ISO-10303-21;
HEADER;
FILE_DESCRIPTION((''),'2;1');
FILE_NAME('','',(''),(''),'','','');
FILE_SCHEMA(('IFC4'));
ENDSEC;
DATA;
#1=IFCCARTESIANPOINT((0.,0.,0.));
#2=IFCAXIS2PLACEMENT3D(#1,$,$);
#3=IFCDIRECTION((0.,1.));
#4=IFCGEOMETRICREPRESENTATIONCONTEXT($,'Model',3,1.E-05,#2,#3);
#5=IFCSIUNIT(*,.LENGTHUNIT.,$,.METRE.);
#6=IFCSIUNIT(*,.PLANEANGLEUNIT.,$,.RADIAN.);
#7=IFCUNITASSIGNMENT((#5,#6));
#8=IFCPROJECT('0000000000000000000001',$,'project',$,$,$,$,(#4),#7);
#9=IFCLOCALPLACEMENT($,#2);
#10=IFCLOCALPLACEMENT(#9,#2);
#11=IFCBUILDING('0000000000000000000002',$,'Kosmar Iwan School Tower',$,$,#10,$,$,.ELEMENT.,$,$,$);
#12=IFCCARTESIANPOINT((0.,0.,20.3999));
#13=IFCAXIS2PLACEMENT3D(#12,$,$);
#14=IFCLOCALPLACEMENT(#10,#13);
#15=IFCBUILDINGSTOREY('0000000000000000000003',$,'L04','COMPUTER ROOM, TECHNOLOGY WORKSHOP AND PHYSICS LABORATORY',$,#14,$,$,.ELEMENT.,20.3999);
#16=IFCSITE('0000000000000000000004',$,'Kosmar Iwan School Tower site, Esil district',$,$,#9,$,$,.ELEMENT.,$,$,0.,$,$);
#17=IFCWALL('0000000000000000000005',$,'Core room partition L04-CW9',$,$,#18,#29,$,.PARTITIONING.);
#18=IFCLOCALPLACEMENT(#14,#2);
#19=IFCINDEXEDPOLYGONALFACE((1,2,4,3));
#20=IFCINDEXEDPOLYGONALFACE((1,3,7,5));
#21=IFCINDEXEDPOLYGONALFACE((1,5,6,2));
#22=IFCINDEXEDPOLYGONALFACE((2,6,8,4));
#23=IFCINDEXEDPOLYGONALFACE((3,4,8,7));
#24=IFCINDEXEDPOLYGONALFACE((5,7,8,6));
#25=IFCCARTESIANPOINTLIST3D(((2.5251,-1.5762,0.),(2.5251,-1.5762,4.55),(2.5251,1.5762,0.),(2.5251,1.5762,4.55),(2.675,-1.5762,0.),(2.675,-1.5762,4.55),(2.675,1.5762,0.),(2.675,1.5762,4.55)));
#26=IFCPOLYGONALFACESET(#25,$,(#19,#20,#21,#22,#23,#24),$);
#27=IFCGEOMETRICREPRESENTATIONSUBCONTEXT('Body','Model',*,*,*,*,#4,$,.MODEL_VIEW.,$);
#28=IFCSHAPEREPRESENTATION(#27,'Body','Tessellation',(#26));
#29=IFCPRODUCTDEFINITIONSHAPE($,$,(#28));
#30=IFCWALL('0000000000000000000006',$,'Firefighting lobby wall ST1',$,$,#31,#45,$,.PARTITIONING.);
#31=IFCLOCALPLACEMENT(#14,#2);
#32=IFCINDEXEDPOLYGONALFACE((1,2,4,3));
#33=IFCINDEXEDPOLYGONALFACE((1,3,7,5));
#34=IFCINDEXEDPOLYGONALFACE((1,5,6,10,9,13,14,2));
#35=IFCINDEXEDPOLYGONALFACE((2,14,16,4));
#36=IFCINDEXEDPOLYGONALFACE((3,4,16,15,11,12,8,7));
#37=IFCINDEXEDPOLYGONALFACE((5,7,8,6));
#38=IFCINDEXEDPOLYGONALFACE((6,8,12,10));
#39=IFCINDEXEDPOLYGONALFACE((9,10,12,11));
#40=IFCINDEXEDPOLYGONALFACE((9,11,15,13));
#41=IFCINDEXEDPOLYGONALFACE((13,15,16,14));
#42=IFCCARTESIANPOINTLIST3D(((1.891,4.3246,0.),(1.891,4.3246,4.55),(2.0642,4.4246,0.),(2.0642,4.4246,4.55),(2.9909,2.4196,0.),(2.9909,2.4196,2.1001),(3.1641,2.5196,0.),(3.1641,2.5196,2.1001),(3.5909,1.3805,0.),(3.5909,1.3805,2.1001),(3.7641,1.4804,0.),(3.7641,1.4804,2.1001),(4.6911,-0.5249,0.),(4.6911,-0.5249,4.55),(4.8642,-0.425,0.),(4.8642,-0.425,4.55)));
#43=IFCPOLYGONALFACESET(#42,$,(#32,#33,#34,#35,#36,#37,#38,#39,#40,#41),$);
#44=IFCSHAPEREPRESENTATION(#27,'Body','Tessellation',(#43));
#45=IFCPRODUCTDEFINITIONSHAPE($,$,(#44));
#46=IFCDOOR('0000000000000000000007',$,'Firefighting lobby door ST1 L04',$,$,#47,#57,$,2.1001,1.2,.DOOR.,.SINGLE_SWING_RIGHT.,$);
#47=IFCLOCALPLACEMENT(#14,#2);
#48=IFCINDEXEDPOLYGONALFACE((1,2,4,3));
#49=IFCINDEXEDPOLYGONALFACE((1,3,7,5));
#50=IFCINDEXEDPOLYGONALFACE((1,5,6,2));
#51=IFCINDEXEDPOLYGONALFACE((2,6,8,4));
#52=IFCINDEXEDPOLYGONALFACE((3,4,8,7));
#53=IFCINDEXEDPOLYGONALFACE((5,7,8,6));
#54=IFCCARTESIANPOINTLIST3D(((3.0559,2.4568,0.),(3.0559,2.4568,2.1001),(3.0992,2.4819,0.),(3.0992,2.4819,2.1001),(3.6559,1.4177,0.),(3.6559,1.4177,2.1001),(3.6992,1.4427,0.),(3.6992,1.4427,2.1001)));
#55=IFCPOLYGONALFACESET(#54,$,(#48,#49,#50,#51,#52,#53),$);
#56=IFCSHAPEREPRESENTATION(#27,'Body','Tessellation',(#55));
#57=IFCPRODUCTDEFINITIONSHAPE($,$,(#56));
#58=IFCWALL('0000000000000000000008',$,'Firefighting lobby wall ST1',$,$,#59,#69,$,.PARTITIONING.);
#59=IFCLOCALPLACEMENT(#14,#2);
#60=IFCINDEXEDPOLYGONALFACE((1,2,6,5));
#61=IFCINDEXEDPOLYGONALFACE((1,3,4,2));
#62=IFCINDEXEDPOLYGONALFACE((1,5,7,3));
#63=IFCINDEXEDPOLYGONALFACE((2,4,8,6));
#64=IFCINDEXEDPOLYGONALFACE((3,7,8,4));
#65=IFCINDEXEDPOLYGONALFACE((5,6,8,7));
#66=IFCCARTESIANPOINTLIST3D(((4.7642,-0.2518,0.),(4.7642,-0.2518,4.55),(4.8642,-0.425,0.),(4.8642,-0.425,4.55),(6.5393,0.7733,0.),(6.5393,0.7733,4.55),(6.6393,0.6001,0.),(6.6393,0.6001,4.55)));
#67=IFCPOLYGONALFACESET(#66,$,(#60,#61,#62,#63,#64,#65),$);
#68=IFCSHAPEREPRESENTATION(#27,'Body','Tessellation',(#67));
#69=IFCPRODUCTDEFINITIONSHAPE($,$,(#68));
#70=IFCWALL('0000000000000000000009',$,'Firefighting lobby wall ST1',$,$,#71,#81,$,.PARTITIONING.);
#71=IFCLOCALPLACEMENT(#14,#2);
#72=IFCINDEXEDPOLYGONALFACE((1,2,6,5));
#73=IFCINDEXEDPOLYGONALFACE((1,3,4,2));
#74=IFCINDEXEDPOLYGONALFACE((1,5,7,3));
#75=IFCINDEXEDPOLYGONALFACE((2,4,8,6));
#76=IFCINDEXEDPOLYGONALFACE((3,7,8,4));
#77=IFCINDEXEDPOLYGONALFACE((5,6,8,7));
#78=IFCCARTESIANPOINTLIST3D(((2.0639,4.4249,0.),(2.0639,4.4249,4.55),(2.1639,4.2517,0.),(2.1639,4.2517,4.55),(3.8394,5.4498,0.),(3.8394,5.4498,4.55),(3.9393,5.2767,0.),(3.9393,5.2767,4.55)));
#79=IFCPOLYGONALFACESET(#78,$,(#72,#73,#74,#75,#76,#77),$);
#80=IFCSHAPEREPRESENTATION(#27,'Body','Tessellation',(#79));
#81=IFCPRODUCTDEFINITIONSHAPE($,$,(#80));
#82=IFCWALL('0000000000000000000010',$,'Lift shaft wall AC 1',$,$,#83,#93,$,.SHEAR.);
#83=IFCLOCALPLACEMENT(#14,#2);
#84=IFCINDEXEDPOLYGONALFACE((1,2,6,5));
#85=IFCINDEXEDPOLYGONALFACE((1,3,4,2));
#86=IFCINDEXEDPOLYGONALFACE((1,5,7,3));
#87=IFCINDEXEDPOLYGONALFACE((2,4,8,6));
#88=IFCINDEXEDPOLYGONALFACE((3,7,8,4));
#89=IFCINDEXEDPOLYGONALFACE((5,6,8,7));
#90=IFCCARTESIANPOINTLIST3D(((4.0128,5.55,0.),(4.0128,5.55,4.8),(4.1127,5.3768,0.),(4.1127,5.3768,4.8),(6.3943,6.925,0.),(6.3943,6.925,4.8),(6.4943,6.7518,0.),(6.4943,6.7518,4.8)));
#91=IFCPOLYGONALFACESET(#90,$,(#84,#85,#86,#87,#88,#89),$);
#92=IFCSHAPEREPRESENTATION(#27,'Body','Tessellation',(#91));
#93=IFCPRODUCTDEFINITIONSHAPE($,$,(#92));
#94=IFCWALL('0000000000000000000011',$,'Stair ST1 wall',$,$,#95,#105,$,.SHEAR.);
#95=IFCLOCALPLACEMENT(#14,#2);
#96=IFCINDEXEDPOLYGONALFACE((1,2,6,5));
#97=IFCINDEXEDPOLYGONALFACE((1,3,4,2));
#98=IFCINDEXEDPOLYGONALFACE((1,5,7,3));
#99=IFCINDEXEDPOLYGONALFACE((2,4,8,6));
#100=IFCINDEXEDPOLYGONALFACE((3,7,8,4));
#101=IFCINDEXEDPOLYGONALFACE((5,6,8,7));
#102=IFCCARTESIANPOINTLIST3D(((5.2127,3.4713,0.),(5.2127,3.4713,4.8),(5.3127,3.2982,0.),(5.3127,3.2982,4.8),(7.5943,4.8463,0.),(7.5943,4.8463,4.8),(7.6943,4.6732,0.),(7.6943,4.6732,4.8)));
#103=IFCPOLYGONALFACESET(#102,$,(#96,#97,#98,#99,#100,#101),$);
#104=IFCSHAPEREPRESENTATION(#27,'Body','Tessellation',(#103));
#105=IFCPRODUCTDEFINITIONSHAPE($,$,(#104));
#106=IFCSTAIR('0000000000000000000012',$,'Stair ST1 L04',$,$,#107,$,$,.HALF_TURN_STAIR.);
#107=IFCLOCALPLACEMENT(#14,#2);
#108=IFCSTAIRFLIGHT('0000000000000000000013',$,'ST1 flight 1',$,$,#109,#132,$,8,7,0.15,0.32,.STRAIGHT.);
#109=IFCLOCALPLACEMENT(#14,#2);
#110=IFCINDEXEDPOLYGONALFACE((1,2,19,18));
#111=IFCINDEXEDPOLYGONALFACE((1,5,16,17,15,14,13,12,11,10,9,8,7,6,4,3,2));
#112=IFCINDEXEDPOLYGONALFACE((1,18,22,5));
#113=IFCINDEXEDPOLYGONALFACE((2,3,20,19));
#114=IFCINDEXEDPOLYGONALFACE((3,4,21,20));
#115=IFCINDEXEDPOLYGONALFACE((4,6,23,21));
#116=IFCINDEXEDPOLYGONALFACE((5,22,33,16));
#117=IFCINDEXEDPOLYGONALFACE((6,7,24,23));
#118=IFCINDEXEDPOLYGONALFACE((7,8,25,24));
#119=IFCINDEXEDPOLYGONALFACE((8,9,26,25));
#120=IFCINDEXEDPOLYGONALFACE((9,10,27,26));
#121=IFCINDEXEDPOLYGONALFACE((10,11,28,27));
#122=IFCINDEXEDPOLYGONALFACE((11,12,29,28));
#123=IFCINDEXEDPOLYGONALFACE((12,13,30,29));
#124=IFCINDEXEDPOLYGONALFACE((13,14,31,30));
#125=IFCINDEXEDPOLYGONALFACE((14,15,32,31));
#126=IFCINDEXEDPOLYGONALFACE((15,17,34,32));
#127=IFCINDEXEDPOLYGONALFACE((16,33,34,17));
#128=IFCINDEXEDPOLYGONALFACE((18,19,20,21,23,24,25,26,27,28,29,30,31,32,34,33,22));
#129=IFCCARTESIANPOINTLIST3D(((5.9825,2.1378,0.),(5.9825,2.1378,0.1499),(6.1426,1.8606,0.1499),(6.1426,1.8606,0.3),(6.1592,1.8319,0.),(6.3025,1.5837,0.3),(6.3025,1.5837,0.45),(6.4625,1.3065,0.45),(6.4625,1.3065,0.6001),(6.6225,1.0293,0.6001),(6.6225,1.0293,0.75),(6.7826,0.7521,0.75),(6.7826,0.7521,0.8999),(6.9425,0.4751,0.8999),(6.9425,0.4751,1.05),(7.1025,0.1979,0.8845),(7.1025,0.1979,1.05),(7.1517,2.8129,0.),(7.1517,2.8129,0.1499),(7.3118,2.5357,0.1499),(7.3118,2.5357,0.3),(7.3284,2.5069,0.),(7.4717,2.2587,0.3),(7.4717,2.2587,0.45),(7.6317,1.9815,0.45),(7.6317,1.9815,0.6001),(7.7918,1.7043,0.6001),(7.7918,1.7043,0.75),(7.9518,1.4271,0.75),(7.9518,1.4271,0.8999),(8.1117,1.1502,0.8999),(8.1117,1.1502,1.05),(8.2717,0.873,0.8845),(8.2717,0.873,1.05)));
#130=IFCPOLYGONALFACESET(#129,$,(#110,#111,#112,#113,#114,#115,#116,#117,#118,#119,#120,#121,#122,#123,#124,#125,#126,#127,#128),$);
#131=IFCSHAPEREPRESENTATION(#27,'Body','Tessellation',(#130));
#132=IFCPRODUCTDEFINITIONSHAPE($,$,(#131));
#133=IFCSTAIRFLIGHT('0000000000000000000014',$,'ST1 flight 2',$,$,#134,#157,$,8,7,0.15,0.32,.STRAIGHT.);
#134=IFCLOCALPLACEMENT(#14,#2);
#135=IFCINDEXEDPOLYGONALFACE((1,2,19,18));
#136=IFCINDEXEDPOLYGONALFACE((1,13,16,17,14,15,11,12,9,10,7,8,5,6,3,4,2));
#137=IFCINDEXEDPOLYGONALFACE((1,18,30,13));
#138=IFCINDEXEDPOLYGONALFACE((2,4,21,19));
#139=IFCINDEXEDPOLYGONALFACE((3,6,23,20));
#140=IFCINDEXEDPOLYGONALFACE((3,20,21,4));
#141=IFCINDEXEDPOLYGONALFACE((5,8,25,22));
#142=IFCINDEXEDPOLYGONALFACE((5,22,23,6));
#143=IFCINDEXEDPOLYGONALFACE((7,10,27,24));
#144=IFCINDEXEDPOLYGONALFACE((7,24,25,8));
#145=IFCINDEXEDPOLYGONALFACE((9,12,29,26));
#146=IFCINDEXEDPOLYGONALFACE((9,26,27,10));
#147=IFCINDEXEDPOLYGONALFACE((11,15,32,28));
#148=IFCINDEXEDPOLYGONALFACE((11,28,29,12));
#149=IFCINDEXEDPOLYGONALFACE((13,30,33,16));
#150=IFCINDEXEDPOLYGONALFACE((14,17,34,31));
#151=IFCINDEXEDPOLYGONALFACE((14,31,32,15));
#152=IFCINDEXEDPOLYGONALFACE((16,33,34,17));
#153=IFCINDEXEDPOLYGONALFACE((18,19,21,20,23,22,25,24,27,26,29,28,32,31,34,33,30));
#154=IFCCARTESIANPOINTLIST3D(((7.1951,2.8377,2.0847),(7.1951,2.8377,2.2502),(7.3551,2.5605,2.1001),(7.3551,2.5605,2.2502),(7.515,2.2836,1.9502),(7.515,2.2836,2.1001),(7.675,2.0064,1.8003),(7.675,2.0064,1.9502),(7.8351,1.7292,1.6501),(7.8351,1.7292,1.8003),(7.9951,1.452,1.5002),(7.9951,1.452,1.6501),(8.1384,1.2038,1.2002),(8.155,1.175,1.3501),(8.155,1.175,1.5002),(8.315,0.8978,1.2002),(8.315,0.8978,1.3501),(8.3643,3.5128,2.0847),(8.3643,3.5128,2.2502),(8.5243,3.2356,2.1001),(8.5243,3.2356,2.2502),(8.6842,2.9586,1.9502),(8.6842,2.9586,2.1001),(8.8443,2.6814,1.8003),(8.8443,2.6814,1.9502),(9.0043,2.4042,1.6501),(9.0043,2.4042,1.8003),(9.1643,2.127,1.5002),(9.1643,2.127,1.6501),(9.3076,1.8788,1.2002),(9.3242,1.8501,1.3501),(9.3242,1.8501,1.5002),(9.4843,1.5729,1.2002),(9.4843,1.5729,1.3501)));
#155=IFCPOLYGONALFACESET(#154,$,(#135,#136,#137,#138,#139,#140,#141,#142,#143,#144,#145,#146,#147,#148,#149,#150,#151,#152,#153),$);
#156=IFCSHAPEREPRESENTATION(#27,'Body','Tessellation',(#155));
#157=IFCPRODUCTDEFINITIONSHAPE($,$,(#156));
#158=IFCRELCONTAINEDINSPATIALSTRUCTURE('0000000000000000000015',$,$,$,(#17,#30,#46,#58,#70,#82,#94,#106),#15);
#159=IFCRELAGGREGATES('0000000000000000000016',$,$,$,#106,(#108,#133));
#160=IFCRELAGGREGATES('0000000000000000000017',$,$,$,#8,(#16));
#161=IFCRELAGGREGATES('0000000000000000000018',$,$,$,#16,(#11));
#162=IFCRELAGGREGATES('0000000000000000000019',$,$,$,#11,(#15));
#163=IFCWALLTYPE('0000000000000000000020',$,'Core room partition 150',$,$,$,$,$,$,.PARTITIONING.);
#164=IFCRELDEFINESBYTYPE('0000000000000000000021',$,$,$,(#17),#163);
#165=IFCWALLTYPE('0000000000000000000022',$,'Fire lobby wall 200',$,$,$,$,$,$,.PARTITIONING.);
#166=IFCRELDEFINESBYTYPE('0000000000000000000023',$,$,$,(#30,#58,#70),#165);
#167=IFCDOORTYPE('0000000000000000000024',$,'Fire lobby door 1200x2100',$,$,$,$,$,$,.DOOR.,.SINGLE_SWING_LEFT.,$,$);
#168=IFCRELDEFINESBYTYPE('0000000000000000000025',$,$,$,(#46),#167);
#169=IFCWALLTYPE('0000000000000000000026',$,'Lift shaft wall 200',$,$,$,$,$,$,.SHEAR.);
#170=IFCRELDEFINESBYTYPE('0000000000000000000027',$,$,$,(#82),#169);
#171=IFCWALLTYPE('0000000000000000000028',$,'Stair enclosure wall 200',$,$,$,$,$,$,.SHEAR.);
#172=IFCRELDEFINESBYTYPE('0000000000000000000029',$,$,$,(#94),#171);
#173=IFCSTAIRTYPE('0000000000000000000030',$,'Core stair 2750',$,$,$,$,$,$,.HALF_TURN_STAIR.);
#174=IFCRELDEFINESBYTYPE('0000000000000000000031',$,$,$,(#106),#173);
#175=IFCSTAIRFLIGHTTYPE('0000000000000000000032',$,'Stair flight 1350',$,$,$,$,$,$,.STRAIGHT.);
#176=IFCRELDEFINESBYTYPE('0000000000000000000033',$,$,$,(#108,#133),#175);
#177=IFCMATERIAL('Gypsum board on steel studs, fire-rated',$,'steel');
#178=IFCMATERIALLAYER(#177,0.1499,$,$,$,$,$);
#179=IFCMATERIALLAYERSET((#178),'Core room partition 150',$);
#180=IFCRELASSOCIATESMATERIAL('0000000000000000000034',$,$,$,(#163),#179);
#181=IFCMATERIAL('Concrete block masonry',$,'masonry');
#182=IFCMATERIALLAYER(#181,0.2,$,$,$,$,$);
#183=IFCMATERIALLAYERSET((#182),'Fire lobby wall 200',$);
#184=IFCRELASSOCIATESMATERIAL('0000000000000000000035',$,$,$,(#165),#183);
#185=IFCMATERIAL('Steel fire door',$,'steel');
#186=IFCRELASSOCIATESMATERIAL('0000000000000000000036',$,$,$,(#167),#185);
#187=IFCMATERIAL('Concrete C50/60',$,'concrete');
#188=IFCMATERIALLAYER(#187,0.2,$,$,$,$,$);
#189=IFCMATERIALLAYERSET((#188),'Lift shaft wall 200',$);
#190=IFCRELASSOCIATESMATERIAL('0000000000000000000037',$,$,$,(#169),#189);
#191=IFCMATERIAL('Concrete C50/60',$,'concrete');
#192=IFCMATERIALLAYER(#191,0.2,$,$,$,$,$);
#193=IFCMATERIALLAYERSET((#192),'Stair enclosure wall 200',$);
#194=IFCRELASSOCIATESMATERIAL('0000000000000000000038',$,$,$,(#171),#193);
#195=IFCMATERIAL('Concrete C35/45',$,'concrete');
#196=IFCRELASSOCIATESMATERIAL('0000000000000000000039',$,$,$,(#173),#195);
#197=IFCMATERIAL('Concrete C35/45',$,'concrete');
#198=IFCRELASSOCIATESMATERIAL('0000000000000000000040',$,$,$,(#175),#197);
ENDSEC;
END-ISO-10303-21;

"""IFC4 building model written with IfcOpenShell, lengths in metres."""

from ifc_helpers import new_model, si_unit, direction, frame, frame_2d, origin, place, context, subcontext, project, spatial, polyline, rectangle, outline, extrude, material, layer, layer_set, type_object, element, fill, aggregate, save


model = new_model("IFC4")

# Units and contexts
model_context = context("Model", 3, precision=1e-05, world=origin(), true_north=direction((0.0, 1.0)))
body_context = subcontext(model_context, "Body", "Model", "MODEL_VIEW")
ifc_project = project(units=[si_unit("LENGTHUNIT", "METRE"), si_unit("PLANEANGLEUNIT", "RADIAN")], contexts=[model_context])

# Site, building, storey
site_placement = place(None, origin())
site = spatial("IfcSite", under=ifc_project, at=site_placement, Name="Kosmar Iwan School Tower site, Esil district", CompositionType="ELEMENT", RefElevation=0.0)
building_placement = place(site_placement, origin())
building = spatial("IfcBuilding", under=site, at=building_placement, Name="Kosmar Iwan School Tower", CompositionType="ELEMENT")
storey_placement = place(building_placement, frame((0.0, 0.0, 20.3999)))
storey = spatial("IfcBuildingStorey", under=building, at=storey_placement, Name="L04", Description="COMPUTER ROOM, TECHNOLOGY WORKSHOP AND PHYSICS LABORATORY", CompositionType="ELEMENT", Elevation=20.3999)

# Wall
ifc_material_1 = material(Name="Gypsum board on steel studs, fire-rated", Category="steel")
ifc_layer_1 = layer(ifc_material_1, 0.1499)
ifc_layer_set_1 = layer_set([ifc_layer_1], Name="Core room partition 150")
wall_type_1 = type_object("IfcWallType", Name="Core room partition 150", PredefinedType="PARTITIONING", material=ifc_layer_set_1)
wall_1_placement = place(storey_placement, frame((2.6001, 1.5762, 0.0), z_axis=(0.0, 0.0, 1.0), x_axis=(0.0, -1.0, 0.0)))
element("IfcWall", 1, at=wall_1_placement, inside=storey, type_object=wall_type_1, Name="Core room partition L04-CW9", PredefinedType="PARTITIONING", context=body_context, shape_type="SweptSolid", body=[
    extrude(rectangle(XDim=3.1523, YDim=0.1499, at=frame_2d((1.5762, 0.0))), origin(), (0.0, 0.0, 1.0), 4.55),
])

# Wall, opening, door
ifc_material_2 = material(Name="Concrete block masonry", Category="masonry")
ifc_layer_2 = layer(ifc_material_2, 0.2)
ifc_layer_set_2 = layer_set([ifc_layer_2], Name="Fire lobby wall 200")
wall_type_2 = type_object("IfcWallType", Name="Fire lobby wall 200", PredefinedType="PARTITIONING", material=ifc_layer_set_2)
wall_2_placement = place(storey_placement, frame((4.7776, -0.4749, 0.0), z_axis=(0.0, 0.0, 1.0), x_axis=(-0.500017, 0.866016, 0.0)))
wall_2 = element("IfcWall", 2, at=wall_2_placement, inside=storey, type_object=wall_type_2, Name="Firefighting lobby wall ST1", PredefinedType="PARTITIONING", context=body_context, shape_type="SweptSolid", body=[
    extrude(rectangle(XDim=5.5999, YDim=0.2, at=frame_2d((2.7998, 0.0))), origin(), (0.0, 0.0, 1.0), 4.55),
])
opening_placement = place(wall_2_placement, frame((2.2, 0.0, 0.0)))
opening = element("IfcOpeningElement", 3, at=opening_placement, cuts=wall_2, PredefinedType="OPENING", context=body_context, shape_type="SweptSolid", body=[
    extrude(rectangle(XDim=1.2, YDim=2.1001, at=frame_2d((0.6001, 1.05))), frame((0.0, 0.1121, 0.0), z_axis=(0.0, -1.0, 0.0), x_axis=(1.0, 0.0, 0.0)), (0.0, 0.0, 1.0), 0.2239),
])
ifc_material_3 = material(Name="Steel fire door", Category="steel")
door_type = type_object("IfcDoorType", Name="Fire lobby door 1200x2100", OperationType="SINGLE_SWING_LEFT", PredefinedType="DOOR", material=ifc_material_3)
door_placement = place(opening_placement, frame((1.2, 0.0, 0.0), z_axis=(0.0, 0.0, 1.0), x_axis=(-1.0, 0.0, 0.0)))
door = element("IfcDoor", 4, at=door_placement, inside=storey, type_object=door_type, Name="Firefighting lobby door ST1 L04", OperationType="SINGLE_SWING_RIGHT", OverallHeight=2.1001, OverallWidth=1.2, PredefinedType="DOOR", context=body_context, shape_type="SweptSolid", body=[
    extrude(rectangle(XDim=1.2, YDim=2.1001, at=frame_2d((0.6001, 1.05))), frame((0.0, 0.0249, 0.0), z_axis=(0.0, -1.0, 0.0), x_axis=(1.0, 0.0, 0.0)), (0.0, 0.0, 1.0), 0.05),
])
fill(opening, door)

# Walls
wall_3_placement = place(storey_placement, frame((4.8142, -0.3384, 0.0), z_axis=(0.0, 0.0, 1.0), x_axis=(0.865969, 0.500097, 0.0)))
element("IfcWall", 5, at=wall_3_placement, inside=storey, type_object=wall_type_2, Name="Firefighting lobby wall ST1", PredefinedType="PARTITIONING", context=body_context, shape_type="SweptSolid", body=[
    extrude(rectangle(XDim=2.0498, YDim=0.2, at=frame_2d((1.0249, 0.0))), origin(), (0.0, 0.0, 1.0), 4.55),
])
wall_4_placement = place(storey_placement, frame((2.114, 4.3384, 0.0), z_axis=(0.0, 0.0, 1.0), x_axis=(0.866051, 0.499956, 0.0)))
element("IfcWall", 6, at=wall_4_placement, inside=storey, type_object=wall_type_2, Name="Firefighting lobby wall ST1", PredefinedType="PARTITIONING", context=body_context, shape_type="SweptSolid", body=[
    extrude(rectangle(XDim=2.05, YDim=0.2, at=frame_2d((1.0249, 0.0))), origin(), (0.0, 0.0, 1.0), 4.55),
])
ifc_material_4 = material(Name="Concrete C50/60", Category="concrete")
ifc_layer_3 = layer(ifc_material_4, 0.2)
ifc_layer_set_3 = layer_set([ifc_layer_3], Name="Lift shaft wall 200")
wall_type_3 = type_object("IfcWallType", Name="Lift shaft wall 200", PredefinedType="SHEAR", material=ifc_layer_set_3)
wall_5_placement = place(storey_placement, frame((4.0627, 5.4634, 0.0), z_axis=(0.0, 0.0, 1.0), x_axis=(0.866027, 0.499997, 0.0)))
element("IfcWall", 7, at=wall_5_placement, inside=storey, type_object=wall_type_3, Name="Lift shaft wall AC 1", PredefinedType="SHEAR", context=body_context, shape_type="SweptSolid", body=[
    extrude(rectangle(XDim=2.75, YDim=0.2, at=frame_2d((1.375, 0.0))), origin(), (0.0, 0.0, 1.0), 4.8),
])
ifc_material_5 = material(Name="Concrete C50/60", Category="concrete")
ifc_layer_4 = layer(ifc_material_5, 0.2)
ifc_layer_set_4 = layer_set([ifc_layer_4], Name="Stair enclosure wall 200")
wall_type_4 = type_object("IfcWallType", Name="Stair enclosure wall 200", PredefinedType="SHEAR", material=ifc_layer_set_4)
wall_6_placement = place(storey_placement, frame((5.2627, 3.3848, 0.0), z_axis=(0.0, 0.0, 1.0), x_axis=(0.866027, 0.499997, 0.0)))
element("IfcWall", 8, at=wall_6_placement, inside=storey, type_object=wall_type_4, Name="Stair ST1 wall", PredefinedType="SHEAR", context=body_context, shape_type="SweptSolid", body=[
    extrude(rectangle(XDim=2.75, YDim=0.2, at=frame_2d((1.375, 0.0))), origin(), (0.0, 0.0, 1.0), 4.8),
])

# Stair, stair flights
ifc_material_6 = material(Name="Concrete C35/45", Category="concrete")
stair_type = type_object("IfcStairType", Name="Core stair 2750", PredefinedType="HALF_TURN_STAIR", material=ifc_material_6)
stair_placement = place(storey_placement, origin())
stair = element("IfcStair", 9, at=stair_placement, inside=storey, type_object=stair_type, Name="Stair ST1 L04", PredefinedType="HALF_TURN_STAIR")
ifc_material_7 = material(Name="Concrete C35/45", Category="concrete")
stair_flight_type = type_object("IfcStairFlightType", Name="Stair flight 1350", PredefinedType="STRAIGHT", material=ifc_material_7)
stair_flight_1_placement = place(storey_placement, frame((6.5671, 2.4753, 0.0), z_axis=(0.0, 0.0, 1.0), x_axis=(0.5, -0.866025, 0.0)))
stair_flight_1 = element("IfcStairFlight", 10, at=stair_flight_1_placement, type_object=stair_flight_type, Name="ST1 flight 1", NumberOfRisers=8, NumberOfTreads=7, PredefinedType="STRAIGHT", RiserHeight=0.15, TreadLength=0.32, context=body_context, shape_type="SweptSolid", body=[
    extrude(outline(polyline([(0.0, 0.0), (0.0, 0.1499), (0.3201, 0.1499), (0.3201, 0.3), (0.6399, 0.3), (0.6399, 0.45), (0.96, 0.45), (0.96, 0.6001), (1.28, 0.6001), (1.28, 0.75), (1.6001, 0.75), (1.6001, 0.8999), (1.9199, 0.8999), (1.9199, 1.05), (2.24, 1.05), (2.24, 1.2), (2.24, 0.8845), (0.3533, 0.0), (0.0, 0.0)])), frame((0.0, 0.675, 0.0), z_axis=(0.0, -1.0, 0.0), x_axis=(1.0, 0.0, 0.0)), (0.0, 0.0, 1.0), 1.3501),
])
stair_flight_2_placement = place(storey_placement, frame((8.8997, 1.2354, 1.2002), z_axis=(0.0, 0.0, 1.0), x_axis=(-0.5, 0.866025, 0.0)))
stair_flight_2 = element("IfcStairFlight", 11, at=stair_flight_2_placement, type_object=stair_flight_type, Name="ST1 flight 2", NumberOfRisers=8, NumberOfTreads=7, PredefinedType="STRAIGHT", RiserHeight=0.15, TreadLength=0.32, context=body_context, shape_type="SweptSolid", body=[
    extrude(outline(polyline([(0.0, 0.0), (0.0, 0.1499), (0.3201, 0.1499), (0.3201, 0.3), (0.6399, 0.3), (0.6399, 0.45), (0.96, 0.45), (0.96, 0.6001), (1.28, 0.6001), (1.28, 0.75), (1.6001, 0.75), (1.6001, 0.8999), (1.9199, 0.8999), (1.9199, 1.05), (2.24, 1.05), (2.24, 1.2), (2.24, 0.8845), (0.3533, 0.0), (0.0, 0.0)])), frame((0.0, 0.675, 0.0), z_axis=(0.0, -1.0, 0.0), x_axis=(1.0, 0.0, 0.0)), (0.0, 0.0, 1.0), 1.3501),
])
aggregate(stair, [stair_flight_1, stair_flight_2])

save(model, "model.ifc")
